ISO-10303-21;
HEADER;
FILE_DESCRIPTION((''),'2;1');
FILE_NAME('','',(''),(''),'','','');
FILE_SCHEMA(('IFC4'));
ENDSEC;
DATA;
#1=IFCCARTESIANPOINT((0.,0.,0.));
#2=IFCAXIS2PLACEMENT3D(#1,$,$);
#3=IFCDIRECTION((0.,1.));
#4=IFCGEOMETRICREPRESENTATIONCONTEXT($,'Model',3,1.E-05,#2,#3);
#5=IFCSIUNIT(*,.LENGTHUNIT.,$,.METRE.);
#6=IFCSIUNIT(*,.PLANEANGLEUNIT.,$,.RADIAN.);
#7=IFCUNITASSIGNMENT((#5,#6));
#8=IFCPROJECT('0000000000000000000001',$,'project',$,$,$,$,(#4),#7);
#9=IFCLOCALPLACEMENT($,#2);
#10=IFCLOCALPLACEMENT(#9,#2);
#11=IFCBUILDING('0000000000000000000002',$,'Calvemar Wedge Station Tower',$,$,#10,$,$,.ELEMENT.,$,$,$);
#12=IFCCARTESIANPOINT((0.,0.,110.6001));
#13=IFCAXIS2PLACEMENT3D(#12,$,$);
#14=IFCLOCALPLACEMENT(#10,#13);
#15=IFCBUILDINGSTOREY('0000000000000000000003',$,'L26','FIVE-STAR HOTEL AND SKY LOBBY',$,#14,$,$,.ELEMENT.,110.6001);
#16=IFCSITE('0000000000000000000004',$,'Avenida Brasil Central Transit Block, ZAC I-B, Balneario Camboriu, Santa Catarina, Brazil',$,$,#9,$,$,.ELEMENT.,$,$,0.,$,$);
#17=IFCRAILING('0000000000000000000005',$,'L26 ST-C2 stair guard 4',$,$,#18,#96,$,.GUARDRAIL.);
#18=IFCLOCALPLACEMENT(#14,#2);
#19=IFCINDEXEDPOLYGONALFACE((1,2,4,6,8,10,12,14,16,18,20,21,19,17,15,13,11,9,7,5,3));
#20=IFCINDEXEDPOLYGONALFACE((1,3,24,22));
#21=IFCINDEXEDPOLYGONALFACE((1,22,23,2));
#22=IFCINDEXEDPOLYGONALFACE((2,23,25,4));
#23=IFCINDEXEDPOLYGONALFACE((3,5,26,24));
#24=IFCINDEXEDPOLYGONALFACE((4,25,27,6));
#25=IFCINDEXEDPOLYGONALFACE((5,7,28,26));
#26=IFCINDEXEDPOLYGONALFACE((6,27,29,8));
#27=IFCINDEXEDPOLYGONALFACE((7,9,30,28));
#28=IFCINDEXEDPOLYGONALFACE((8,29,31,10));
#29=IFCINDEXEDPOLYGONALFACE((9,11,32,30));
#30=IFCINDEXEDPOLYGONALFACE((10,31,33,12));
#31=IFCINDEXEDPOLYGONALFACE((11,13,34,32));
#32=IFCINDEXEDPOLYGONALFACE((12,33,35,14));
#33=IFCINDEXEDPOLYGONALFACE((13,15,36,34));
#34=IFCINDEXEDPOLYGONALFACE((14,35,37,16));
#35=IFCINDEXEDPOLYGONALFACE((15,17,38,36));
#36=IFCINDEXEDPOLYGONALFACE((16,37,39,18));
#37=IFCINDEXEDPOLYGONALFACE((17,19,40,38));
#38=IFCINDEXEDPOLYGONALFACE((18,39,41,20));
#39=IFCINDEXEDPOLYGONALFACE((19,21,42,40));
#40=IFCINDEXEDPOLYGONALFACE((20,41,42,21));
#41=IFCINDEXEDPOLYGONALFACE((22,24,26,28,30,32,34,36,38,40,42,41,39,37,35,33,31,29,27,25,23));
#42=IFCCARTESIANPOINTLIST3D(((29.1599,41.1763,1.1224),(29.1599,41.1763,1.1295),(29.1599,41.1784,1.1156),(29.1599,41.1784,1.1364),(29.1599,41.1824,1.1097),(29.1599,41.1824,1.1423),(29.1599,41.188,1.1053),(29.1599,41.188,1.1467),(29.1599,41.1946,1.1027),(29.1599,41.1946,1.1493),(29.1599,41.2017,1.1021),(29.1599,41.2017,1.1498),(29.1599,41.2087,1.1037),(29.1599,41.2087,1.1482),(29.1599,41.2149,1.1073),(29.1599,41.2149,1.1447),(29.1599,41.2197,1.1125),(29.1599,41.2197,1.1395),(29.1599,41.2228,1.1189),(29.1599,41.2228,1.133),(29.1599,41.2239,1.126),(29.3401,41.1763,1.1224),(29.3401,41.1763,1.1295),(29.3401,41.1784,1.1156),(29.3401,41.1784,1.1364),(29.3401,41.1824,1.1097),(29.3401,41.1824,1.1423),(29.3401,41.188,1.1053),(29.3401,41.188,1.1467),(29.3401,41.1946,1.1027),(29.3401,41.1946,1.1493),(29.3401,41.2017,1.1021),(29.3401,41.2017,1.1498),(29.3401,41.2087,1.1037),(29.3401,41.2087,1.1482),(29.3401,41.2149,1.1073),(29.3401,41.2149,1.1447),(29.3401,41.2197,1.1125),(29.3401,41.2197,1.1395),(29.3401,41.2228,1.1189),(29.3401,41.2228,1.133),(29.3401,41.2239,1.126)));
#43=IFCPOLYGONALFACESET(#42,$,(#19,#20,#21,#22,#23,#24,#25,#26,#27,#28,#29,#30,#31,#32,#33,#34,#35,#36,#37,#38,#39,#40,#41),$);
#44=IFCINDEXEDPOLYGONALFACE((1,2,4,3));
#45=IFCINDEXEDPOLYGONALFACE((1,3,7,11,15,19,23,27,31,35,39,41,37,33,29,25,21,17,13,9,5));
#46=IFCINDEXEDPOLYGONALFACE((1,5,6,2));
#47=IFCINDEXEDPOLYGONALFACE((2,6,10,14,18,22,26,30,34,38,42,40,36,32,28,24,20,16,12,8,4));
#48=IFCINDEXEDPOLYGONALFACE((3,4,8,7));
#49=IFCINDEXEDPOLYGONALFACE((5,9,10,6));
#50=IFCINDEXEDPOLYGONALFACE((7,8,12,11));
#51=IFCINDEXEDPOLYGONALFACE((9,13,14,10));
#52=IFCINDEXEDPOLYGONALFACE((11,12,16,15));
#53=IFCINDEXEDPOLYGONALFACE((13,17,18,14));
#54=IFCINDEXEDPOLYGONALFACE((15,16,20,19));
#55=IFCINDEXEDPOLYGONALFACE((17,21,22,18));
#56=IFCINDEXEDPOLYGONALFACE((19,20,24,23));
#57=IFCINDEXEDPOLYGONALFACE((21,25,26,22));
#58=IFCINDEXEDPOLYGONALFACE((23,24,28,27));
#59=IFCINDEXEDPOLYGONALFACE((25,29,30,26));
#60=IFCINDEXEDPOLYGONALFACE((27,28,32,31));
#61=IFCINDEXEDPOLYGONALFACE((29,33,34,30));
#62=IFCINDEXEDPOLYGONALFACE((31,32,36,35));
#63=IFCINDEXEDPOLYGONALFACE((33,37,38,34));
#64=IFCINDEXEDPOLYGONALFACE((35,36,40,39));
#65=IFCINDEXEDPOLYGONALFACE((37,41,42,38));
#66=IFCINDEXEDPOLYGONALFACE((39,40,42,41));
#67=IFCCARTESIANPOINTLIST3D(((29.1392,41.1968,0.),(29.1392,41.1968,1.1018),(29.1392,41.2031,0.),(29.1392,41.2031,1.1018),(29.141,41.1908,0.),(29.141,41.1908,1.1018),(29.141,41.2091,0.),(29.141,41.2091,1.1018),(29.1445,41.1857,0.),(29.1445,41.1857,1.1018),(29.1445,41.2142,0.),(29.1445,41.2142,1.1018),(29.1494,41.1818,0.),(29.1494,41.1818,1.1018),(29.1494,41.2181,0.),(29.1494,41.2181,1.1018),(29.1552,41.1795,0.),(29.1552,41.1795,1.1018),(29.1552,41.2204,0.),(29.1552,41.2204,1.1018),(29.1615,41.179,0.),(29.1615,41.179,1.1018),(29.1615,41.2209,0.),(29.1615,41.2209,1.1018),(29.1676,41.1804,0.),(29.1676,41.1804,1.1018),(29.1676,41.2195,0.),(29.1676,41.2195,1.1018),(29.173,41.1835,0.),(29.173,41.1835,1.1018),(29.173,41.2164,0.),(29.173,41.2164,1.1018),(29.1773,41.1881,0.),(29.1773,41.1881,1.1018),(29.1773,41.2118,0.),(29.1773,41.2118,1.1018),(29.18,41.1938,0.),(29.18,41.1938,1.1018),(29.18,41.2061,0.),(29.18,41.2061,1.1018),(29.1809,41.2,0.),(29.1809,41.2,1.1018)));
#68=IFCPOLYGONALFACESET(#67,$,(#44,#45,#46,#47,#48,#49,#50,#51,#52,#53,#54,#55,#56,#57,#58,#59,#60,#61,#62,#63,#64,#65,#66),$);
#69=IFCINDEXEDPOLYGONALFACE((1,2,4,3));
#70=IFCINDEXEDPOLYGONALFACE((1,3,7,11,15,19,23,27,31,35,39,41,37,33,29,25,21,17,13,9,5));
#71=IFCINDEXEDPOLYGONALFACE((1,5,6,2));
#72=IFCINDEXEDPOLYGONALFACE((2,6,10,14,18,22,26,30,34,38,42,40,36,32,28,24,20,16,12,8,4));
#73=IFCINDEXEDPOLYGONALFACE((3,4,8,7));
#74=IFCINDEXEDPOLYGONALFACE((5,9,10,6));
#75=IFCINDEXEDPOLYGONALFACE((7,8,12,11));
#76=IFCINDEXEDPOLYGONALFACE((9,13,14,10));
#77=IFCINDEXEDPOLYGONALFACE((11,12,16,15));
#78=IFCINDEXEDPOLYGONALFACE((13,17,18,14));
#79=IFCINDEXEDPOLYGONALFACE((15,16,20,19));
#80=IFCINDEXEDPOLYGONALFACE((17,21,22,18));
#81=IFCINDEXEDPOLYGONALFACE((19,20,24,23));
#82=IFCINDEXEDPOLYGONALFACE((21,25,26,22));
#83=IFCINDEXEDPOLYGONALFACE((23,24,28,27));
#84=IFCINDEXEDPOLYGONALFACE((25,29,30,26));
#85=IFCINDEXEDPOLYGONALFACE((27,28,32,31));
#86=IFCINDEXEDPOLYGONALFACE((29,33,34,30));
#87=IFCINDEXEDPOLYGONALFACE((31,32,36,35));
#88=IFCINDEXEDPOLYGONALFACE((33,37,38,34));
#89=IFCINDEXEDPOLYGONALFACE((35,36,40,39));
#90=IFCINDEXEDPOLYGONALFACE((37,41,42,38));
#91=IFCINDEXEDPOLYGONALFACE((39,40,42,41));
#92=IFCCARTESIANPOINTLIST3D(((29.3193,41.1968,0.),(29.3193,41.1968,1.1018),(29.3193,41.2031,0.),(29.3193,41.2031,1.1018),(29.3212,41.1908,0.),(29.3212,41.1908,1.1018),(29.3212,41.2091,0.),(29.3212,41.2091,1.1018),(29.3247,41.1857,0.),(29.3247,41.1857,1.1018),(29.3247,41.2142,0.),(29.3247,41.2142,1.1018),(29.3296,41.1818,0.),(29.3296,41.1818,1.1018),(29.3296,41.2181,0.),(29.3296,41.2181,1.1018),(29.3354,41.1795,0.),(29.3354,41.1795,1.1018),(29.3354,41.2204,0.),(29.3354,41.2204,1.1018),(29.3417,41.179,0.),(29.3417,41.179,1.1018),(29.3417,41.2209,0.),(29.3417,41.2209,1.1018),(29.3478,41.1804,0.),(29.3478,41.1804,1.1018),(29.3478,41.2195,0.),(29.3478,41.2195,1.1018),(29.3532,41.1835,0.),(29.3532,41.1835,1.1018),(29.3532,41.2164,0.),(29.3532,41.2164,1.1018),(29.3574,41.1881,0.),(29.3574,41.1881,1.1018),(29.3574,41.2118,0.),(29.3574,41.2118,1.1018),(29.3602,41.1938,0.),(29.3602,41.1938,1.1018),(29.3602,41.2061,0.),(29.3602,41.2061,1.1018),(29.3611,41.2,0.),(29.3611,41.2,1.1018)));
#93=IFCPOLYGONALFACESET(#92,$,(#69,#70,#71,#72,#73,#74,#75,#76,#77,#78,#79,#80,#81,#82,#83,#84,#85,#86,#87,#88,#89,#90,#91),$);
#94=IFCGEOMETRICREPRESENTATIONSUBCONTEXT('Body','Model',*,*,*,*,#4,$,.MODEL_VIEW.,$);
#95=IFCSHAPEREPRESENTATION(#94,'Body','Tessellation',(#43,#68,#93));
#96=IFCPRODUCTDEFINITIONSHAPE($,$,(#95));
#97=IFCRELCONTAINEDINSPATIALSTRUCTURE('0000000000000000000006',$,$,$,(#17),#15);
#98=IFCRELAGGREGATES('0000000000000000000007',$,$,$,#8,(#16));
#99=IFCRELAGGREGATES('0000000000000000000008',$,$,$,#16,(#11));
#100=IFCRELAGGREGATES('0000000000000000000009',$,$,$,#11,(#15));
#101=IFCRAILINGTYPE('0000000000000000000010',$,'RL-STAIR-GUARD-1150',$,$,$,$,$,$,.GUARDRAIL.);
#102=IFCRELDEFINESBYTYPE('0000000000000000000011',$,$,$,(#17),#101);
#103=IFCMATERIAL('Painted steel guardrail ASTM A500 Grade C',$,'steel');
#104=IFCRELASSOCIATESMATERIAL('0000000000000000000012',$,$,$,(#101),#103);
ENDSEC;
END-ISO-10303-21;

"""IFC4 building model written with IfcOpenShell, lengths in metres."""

from ifc_helpers import new_model, si_unit, direction, frame, origin, origin_2d, place, context, subcontext, project, spatial, circle, extrude, material, type_object, element, save


model = new_model("IFC4")

# Units and contexts
model_context = context("Model", 3, precision=1e-05, world=origin(), true_north=direction((0.0, 1.0)))
body_context = subcontext(model_context, "Body", "Model", "MODEL_VIEW")
ifc_project = project(units=[si_unit("LENGTHUNIT", "METRE"), si_unit("PLANEANGLEUNIT", "RADIAN")], contexts=[model_context])

# Site, building, storey
site_placement = place(None, origin())
site = spatial("IfcSite", under=ifc_project, at=site_placement, Name="Avenida Brasil Central Transit Block, ZAC I-B, Balneario Camboriu, Santa Catarina, Brazil", CompositionType="ELEMENT", RefElevation=0.0)
building_placement = place(site_placement, origin())
building = spatial("IfcBuilding", under=site, at=building_placement, Name="Calvemar Wedge Station Tower", CompositionType="ELEMENT")
storey_placement = place(building_placement, frame((0.0, 0.0, 110.6001)))
storey = spatial("IfcBuildingStorey", under=building, at=storey_placement, Name="L26", Description="FIVE-STAR HOTEL AND SKY LOBBY", CompositionType="ELEMENT", Elevation=110.6001)

# Railing
ifc_material_1 = material(Name="Painted steel guardrail ASTM A500 Grade C", Category="steel")
railing_type_1 = type_object("IfcRailingType", Name="RL-STAIR-GUARD-1150", PredefinedType="GUARDRAIL", material=ifc_material_1)
railing_1_placement = place(storey_placement, frame((29.1599, 41.2, 0.0)))
element("IfcRailing", 1, at=railing_1_placement, inside=storey, type_object=railing_type_1, Name="L26 ST-C2 stair guard 4", PredefinedType="GUARDRAIL", context=body_context, shape_type="SweptSolid", body=[
    extrude(circle(Radius=0.0239, at=origin_2d()), frame((0.0, 0.0, 1.126), z_axis=(1.0, 0.0, 0.0), x_axis=(0.0, 1.0, 0.0)), (0.0, 0.0, 1.0), 0.1802),
    extrude(circle(Radius=0.021, at=origin_2d()), origin(), (0.0, 0.0, 1.0), 1.1018),
    extrude(circle(Radius=0.021, at=origin_2d()), frame((0.1802, 0.0, 0.0)), (0.0, 0.0, 1.0), 1.1018),
])

save(model, "model.ifc")
